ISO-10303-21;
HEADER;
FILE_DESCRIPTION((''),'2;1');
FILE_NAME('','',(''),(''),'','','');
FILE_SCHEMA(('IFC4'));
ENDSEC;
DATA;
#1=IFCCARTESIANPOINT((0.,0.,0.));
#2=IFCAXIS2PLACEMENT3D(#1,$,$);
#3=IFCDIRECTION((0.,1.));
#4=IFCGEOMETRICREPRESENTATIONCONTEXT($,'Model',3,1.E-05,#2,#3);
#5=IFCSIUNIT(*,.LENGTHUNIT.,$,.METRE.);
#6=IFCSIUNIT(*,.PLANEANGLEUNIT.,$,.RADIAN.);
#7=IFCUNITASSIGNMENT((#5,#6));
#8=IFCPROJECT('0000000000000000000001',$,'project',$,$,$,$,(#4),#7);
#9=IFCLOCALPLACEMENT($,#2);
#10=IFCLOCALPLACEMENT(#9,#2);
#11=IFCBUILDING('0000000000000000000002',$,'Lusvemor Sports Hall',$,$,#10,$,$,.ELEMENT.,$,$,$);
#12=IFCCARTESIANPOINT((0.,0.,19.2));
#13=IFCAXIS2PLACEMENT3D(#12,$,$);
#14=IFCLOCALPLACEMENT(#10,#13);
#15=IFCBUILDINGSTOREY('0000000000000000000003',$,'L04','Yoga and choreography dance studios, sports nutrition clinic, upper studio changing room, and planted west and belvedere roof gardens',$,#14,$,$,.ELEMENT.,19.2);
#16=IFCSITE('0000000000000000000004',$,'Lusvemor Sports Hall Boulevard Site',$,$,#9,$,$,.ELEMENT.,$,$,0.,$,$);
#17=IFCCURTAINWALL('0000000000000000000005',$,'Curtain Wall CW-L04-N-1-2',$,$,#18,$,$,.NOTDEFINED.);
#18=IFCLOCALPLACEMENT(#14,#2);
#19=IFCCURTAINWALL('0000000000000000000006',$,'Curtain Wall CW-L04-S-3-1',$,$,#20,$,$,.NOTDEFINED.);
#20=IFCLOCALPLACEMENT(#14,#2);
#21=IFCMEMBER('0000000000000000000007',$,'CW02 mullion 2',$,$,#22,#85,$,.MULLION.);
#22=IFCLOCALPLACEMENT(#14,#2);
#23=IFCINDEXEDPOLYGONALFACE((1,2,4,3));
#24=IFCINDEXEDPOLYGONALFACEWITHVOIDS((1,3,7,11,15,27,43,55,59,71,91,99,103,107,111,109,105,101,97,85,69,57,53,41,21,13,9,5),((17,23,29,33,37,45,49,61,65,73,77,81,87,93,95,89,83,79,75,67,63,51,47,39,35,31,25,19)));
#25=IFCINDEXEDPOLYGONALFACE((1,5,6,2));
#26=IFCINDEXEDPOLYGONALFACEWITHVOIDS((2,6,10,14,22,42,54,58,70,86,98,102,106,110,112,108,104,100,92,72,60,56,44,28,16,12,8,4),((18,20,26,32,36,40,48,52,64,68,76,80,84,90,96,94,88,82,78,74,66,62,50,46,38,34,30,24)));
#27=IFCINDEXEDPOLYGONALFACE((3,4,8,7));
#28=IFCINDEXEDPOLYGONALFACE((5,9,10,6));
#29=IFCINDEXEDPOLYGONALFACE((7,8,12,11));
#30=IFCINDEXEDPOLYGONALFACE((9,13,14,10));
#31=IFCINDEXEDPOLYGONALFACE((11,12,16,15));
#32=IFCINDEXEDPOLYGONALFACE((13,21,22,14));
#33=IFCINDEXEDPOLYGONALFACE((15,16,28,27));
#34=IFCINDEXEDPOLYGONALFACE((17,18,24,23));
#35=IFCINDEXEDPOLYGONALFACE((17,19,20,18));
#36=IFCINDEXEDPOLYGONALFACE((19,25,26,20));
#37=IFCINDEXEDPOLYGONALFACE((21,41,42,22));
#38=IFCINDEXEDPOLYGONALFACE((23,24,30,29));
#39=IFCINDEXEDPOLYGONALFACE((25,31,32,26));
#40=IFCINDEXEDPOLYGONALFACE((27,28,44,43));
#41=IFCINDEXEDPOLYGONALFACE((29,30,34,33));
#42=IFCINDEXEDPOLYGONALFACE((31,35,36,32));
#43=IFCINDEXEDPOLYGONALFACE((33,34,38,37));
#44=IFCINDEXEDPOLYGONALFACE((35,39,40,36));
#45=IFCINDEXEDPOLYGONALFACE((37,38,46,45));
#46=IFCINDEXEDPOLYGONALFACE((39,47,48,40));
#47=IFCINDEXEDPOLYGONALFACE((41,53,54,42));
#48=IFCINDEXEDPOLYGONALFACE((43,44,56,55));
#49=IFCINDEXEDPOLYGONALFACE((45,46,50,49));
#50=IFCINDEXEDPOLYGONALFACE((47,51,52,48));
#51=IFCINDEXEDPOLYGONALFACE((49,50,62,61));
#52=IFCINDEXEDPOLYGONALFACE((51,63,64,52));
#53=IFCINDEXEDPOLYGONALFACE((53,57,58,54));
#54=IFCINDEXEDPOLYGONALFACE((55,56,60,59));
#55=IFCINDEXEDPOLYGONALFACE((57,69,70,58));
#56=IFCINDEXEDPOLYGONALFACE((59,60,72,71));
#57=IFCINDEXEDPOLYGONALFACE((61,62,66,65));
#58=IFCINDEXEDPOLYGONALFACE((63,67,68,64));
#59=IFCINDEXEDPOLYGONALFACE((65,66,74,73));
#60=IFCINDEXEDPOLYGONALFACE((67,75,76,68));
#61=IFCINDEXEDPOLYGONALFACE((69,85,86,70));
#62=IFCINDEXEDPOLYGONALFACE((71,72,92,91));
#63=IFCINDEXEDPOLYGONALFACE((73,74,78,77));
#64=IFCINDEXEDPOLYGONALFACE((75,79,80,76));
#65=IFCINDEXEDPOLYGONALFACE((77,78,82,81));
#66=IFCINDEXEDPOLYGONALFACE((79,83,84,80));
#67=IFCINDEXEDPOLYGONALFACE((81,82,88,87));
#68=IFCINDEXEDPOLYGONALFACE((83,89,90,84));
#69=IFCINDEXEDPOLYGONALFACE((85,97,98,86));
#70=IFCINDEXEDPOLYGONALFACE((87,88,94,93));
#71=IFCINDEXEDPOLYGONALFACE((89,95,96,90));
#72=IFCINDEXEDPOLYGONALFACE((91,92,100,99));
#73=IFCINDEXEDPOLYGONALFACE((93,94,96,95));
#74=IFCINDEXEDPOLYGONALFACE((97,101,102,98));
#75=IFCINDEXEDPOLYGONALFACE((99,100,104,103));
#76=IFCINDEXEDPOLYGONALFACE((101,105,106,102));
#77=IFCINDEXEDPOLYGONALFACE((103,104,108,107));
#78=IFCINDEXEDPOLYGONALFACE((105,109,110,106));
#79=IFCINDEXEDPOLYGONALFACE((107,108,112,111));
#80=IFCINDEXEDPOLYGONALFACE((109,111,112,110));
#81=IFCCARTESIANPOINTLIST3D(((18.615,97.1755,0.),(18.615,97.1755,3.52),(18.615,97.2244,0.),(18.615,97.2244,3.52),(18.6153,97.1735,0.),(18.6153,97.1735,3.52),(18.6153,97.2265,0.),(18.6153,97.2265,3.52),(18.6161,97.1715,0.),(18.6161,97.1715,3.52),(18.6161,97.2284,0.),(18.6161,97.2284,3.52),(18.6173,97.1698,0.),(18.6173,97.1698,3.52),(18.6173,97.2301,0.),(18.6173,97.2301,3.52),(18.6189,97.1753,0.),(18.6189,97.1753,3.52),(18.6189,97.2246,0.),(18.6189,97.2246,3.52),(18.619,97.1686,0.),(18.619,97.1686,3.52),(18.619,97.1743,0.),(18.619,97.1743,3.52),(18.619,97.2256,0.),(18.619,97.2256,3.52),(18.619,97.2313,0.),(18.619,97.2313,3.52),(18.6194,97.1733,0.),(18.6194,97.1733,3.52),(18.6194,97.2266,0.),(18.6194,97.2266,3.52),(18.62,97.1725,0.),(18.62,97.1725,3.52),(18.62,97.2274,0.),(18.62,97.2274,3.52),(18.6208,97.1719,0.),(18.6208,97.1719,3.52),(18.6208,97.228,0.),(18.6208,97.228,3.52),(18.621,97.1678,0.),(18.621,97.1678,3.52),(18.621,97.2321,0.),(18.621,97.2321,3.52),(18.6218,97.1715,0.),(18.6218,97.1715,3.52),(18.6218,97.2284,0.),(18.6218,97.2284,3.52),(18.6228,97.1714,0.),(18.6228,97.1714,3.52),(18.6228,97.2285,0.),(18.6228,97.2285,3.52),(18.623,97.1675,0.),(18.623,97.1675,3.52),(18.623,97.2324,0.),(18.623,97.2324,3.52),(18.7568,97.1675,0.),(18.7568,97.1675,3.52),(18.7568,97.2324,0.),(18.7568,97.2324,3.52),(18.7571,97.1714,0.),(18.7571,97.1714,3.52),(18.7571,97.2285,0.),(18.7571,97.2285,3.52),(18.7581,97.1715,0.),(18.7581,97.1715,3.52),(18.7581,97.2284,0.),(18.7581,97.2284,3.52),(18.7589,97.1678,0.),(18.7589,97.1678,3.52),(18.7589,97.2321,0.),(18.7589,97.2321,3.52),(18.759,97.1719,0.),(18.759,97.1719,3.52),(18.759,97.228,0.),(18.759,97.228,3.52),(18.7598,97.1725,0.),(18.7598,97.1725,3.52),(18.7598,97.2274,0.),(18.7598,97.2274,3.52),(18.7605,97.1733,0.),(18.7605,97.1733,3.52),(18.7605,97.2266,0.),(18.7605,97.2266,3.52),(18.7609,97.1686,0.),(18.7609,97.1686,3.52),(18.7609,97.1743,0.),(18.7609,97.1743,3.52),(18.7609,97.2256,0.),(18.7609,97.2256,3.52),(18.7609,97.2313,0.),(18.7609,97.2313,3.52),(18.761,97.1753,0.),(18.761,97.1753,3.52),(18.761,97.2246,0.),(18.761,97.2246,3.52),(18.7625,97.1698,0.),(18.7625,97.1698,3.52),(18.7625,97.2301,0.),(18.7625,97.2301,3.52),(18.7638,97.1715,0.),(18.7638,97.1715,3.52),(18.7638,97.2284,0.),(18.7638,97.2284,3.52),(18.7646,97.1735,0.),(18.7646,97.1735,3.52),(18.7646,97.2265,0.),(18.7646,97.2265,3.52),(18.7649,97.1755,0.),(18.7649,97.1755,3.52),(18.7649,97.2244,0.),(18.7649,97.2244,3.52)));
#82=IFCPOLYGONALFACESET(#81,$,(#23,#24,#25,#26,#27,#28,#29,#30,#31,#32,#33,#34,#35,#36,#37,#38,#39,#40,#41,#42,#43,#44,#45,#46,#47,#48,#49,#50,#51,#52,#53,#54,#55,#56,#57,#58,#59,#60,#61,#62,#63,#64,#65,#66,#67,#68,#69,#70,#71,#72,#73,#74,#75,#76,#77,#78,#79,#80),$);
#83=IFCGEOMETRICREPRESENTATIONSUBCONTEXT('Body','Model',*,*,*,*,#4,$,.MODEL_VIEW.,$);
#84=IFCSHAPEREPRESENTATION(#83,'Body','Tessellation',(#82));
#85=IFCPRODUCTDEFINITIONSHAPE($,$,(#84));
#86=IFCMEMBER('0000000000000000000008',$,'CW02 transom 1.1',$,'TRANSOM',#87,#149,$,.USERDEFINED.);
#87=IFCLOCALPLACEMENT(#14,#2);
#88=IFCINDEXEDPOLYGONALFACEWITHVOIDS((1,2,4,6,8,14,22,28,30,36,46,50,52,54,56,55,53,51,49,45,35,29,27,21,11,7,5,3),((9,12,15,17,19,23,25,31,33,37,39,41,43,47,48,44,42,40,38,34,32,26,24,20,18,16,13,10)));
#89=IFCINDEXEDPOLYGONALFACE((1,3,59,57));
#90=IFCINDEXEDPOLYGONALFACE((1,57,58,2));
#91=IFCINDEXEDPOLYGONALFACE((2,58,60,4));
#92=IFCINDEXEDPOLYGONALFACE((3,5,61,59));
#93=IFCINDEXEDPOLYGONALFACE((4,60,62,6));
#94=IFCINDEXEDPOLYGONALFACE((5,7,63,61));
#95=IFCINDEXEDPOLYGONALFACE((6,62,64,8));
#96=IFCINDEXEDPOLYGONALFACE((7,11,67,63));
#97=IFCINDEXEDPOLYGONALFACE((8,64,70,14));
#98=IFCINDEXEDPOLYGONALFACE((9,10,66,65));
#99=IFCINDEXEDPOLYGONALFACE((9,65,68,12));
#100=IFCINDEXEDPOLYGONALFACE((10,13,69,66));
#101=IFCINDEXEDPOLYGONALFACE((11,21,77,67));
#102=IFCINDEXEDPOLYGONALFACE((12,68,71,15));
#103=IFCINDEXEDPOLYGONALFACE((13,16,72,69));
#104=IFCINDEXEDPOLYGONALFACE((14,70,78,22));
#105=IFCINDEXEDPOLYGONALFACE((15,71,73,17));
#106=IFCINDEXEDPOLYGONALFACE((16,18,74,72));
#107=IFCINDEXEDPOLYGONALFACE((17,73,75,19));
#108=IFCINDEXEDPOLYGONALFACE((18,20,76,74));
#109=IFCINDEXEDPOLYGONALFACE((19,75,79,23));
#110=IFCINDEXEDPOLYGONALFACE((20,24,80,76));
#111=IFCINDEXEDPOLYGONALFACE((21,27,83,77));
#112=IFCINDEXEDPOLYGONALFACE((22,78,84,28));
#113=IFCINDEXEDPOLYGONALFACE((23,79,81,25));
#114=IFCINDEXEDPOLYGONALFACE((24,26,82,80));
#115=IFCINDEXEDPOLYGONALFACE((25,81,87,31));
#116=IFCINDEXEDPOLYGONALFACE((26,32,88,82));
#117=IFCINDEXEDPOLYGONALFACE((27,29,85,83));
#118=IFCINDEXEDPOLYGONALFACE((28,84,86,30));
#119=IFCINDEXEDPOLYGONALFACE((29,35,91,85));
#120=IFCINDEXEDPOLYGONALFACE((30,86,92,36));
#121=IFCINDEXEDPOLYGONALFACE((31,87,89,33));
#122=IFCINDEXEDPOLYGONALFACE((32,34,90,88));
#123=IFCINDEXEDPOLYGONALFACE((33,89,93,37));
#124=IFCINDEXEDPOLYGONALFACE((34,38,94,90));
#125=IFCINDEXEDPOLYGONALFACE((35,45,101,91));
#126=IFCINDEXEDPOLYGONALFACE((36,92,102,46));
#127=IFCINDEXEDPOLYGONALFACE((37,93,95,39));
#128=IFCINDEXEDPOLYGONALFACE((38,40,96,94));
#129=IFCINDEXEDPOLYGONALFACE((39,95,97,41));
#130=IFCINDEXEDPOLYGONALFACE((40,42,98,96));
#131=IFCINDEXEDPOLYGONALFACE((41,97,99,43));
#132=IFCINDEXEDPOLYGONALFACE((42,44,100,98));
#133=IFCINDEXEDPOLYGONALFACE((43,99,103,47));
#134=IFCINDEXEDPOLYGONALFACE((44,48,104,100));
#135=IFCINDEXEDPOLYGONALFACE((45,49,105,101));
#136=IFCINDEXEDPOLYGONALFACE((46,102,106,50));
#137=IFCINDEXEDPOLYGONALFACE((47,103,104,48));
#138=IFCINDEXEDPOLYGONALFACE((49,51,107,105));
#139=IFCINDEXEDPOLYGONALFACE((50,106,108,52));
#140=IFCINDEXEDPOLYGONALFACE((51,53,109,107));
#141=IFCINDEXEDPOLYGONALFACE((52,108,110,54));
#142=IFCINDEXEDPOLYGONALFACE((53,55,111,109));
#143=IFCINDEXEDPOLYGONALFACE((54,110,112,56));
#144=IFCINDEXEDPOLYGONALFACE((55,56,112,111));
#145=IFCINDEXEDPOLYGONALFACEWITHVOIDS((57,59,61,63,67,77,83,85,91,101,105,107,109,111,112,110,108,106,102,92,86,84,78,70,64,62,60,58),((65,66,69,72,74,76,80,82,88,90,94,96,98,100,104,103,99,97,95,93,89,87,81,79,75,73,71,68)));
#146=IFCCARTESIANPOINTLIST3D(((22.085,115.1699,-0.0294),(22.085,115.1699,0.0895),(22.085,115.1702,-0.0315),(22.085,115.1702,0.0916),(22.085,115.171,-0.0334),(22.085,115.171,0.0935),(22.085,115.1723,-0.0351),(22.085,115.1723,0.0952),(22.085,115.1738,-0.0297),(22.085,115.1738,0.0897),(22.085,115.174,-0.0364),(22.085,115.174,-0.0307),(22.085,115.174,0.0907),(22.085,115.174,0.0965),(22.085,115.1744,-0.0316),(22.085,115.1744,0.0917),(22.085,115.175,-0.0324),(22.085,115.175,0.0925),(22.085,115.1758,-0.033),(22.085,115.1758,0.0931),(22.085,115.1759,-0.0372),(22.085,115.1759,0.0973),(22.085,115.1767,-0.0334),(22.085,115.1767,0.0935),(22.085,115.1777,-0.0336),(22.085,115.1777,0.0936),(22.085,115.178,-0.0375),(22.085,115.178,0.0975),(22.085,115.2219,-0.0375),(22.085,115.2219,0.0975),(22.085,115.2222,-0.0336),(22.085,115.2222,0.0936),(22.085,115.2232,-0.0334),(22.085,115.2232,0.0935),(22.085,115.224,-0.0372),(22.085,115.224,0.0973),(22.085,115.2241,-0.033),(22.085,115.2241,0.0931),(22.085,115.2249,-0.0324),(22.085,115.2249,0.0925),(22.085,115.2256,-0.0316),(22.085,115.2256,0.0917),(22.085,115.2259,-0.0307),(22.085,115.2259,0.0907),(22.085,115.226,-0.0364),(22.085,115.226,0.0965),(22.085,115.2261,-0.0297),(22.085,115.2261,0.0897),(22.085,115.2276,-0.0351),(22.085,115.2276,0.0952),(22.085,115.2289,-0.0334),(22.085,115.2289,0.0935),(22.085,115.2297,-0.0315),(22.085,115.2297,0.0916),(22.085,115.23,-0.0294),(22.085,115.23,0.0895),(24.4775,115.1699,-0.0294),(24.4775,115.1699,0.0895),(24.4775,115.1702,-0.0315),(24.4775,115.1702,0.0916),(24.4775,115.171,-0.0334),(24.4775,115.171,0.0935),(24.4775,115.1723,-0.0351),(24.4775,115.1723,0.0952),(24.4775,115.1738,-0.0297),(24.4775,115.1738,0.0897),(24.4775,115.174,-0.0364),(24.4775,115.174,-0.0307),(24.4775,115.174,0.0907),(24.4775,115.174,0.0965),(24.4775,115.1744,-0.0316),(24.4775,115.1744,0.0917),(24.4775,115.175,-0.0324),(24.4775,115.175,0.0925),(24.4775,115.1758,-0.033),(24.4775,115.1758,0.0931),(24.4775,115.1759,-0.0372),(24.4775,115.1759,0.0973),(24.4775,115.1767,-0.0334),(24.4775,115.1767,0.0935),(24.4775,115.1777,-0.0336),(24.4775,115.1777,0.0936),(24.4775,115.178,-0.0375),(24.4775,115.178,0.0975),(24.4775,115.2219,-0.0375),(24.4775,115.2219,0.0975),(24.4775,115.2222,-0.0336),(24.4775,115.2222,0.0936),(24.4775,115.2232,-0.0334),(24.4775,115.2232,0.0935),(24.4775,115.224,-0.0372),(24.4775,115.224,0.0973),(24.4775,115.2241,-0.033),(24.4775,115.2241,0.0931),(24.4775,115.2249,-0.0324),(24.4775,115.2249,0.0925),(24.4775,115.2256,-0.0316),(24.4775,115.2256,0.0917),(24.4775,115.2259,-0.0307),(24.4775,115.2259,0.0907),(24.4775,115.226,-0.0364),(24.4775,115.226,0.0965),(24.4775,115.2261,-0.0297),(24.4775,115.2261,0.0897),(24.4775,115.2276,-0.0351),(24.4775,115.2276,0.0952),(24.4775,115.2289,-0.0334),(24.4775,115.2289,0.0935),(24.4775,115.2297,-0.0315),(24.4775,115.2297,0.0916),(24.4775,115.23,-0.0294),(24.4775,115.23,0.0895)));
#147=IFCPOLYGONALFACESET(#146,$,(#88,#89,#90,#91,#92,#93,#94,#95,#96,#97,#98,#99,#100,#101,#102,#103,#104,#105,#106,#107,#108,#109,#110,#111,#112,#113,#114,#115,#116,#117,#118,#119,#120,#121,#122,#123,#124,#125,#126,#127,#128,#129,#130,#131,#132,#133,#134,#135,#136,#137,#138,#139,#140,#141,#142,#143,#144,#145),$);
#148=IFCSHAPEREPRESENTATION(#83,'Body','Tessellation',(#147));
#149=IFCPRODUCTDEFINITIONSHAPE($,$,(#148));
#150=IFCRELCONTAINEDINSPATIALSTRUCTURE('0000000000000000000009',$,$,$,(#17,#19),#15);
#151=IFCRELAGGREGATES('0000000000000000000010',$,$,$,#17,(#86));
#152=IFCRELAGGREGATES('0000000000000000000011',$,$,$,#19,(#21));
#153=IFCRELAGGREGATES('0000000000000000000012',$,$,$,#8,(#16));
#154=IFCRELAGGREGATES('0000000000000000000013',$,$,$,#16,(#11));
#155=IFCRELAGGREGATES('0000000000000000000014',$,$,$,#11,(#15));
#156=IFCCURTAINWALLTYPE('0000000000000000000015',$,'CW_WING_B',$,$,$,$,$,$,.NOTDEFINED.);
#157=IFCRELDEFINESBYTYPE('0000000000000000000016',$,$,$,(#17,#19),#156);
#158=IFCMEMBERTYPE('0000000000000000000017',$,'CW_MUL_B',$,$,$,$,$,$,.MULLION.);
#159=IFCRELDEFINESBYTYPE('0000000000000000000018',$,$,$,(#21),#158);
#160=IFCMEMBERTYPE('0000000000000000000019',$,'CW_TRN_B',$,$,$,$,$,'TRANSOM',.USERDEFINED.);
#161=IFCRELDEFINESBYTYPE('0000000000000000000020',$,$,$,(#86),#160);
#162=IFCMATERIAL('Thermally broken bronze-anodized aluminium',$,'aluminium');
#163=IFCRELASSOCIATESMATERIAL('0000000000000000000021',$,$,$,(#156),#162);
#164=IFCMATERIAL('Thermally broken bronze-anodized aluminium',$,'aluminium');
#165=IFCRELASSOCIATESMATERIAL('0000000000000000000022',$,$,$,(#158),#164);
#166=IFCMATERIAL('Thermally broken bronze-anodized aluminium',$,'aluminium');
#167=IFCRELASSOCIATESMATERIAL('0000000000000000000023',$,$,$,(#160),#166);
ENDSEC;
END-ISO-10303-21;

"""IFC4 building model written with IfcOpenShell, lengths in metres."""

from ifc_helpers import new_model, si_unit, direction, frame, origin, origin_2d, place, context, subcontext, project, spatial, hollow_rectangle, extrude, material, material_profile, profile_set, type_object, element, aggregate, save


model = new_model("IFC4")

# Units and contexts
model_context = context("Model", 3, precision=1e-05, world=origin(), true_north=direction((0.0, 1.0)))
body_context = subcontext(model_context, "Body", "Model", "MODEL_VIEW")
ifc_project = project(units=[si_unit("LENGTHUNIT", "METRE"), si_unit("PLANEANGLEUNIT", "RADIAN")], contexts=[model_context])

# Site, building, storey
site_placement = place(None, origin())
site = spatial("IfcSite", under=ifc_project, at=site_placement, Name="Lusvemor Sports Hall Boulevard Site", CompositionType="ELEMENT", RefElevation=0.0)
building_placement = place(site_placement, origin())
building = spatial("IfcBuilding", under=site, at=building_placement, Name="Lusvemor Sports Hall", CompositionType="ELEMENT")
storey_placement = place(building_placement, frame((0.0, 0.0, 19.2)))
storey = spatial("IfcBuildingStorey", under=building, at=storey_placement, Name="L04", Description="Yoga and choreography dance studios, sports nutrition clinic, upper studio changing room, and planted west and belvedere roof gardens", CompositionType="ELEMENT", Elevation=19.2)

# Curtain walls, member
ifc_material_1 = material(Name="Thermally broken bronze-anodized aluminium", Category="aluminium")
curtain_wall_type = type_object("IfcCurtainWallType", Name="CW_WING_B", PredefinedType="NOTDEFINED", material=ifc_material_1)
curtain_wall_1_placement = place(storey_placement, origin())
curtain_wall_1 = element("IfcCurtainWall", 1, at=curtain_wall_1_placement, inside=storey, type_object=curtain_wall_type, Name="Curtain Wall CW-L04-N-1-2", PredefinedType="NOTDEFINED")
ifc_material_2 = material(Name="Thermally broken bronze-anodized aluminium", Category="aluminium")
ifc_material_profile_1 = material_profile(ifc_material_2, hollow_rectangle(XDim=0.0649, YDim=0.1499, WallThickness=0.0039, InnerFilletRadius=0.0039, OuterFilletRadius=0.0081, at=origin_2d()), Name="CWMUL150x65x4")
ifc_profile_set_1 = profile_set([ifc_material_profile_1], Name="Thermally broken bronze-anodized aluminium")
member_type_1 = type_object("IfcMemberType", Name="CW_MUL_B", PredefinedType="MULLION", material=ifc_profile_set_1)
curtain_wall_2_placement = place(storey_placement, origin())
curtain_wall_2 = element("IfcCurtainWall", 2, at=curtain_wall_2_placement, inside=storey, type_object=curtain_wall_type, Name="Curtain Wall CW-L04-S-3-1", PredefinedType="NOTDEFINED")
member_1_placement = place(storey_placement, frame((18.6899, 97.2, 0.0), z_axis=(0.0, 0.0, 1.0), x_axis=(0.0, -1.0, 0.0)))
member_1 = element("IfcMember", 3, at=member_1_placement, type_object=member_type_1, Name="CW02 mullion 2", PredefinedType="MULLION", context=body_context, shape_type="SweptSolid", body=[
    extrude(hollow_rectangle(XDim=0.0649, YDim=0.1499, WallThickness=0.0039, InnerFilletRadius=0.0039, OuterFilletRadius=0.0081, at=origin_2d()), origin(), (0.0, 0.0, 1.0), 3.52),
])

# Member
ifc_material_3 = material(Name="Thermally broken bronze-anodized aluminium", Category="aluminium")
ifc_material_profile_2 = material_profile(ifc_material_3, hollow_rectangle(XDim=0.0601, YDim=0.135, WallThickness=0.0039, InnerFilletRadius=0.0039, OuterFilletRadius=0.0081, at=origin_2d()), Name="CWTRN135x60x4")
ifc_profile_set_2 = profile_set([ifc_material_profile_2], Name="Thermally broken bronze-anodized aluminium")
member_type_2 = type_object("IfcMemberType", Name="CW_TRN_B", ElementType="TRANSOM", PredefinedType="USERDEFINED", material=ifc_profile_set_2)
member_2_placement = place(storey_placement, frame((22.085, 115.2, 0.03), z_axis=(1.0, 0.0, 0.0), x_axis=(0.0, 1.0, 0.0)))
member_2 = element("IfcMember", 4, at=member_2_placement, type_object=member_type_2, Name="CW02 transom 1.1", ObjectType="TRANSOM", PredefinedType="USERDEFINED", context=body_context, shape_type="SweptSolid", body=[
    extrude(hollow_rectangle(XDim=0.0601, YDim=0.135, WallThickness=0.0039, InnerFilletRadius=0.0039, OuterFilletRadius=0.0081, at=origin_2d()), origin(), (0.0, 0.0, 1.0), 2.3926),
])

aggregate(curtain_wall_1, [member_2])
aggregate(curtain_wall_2, [member_1])

save(model, "model.ifc")
